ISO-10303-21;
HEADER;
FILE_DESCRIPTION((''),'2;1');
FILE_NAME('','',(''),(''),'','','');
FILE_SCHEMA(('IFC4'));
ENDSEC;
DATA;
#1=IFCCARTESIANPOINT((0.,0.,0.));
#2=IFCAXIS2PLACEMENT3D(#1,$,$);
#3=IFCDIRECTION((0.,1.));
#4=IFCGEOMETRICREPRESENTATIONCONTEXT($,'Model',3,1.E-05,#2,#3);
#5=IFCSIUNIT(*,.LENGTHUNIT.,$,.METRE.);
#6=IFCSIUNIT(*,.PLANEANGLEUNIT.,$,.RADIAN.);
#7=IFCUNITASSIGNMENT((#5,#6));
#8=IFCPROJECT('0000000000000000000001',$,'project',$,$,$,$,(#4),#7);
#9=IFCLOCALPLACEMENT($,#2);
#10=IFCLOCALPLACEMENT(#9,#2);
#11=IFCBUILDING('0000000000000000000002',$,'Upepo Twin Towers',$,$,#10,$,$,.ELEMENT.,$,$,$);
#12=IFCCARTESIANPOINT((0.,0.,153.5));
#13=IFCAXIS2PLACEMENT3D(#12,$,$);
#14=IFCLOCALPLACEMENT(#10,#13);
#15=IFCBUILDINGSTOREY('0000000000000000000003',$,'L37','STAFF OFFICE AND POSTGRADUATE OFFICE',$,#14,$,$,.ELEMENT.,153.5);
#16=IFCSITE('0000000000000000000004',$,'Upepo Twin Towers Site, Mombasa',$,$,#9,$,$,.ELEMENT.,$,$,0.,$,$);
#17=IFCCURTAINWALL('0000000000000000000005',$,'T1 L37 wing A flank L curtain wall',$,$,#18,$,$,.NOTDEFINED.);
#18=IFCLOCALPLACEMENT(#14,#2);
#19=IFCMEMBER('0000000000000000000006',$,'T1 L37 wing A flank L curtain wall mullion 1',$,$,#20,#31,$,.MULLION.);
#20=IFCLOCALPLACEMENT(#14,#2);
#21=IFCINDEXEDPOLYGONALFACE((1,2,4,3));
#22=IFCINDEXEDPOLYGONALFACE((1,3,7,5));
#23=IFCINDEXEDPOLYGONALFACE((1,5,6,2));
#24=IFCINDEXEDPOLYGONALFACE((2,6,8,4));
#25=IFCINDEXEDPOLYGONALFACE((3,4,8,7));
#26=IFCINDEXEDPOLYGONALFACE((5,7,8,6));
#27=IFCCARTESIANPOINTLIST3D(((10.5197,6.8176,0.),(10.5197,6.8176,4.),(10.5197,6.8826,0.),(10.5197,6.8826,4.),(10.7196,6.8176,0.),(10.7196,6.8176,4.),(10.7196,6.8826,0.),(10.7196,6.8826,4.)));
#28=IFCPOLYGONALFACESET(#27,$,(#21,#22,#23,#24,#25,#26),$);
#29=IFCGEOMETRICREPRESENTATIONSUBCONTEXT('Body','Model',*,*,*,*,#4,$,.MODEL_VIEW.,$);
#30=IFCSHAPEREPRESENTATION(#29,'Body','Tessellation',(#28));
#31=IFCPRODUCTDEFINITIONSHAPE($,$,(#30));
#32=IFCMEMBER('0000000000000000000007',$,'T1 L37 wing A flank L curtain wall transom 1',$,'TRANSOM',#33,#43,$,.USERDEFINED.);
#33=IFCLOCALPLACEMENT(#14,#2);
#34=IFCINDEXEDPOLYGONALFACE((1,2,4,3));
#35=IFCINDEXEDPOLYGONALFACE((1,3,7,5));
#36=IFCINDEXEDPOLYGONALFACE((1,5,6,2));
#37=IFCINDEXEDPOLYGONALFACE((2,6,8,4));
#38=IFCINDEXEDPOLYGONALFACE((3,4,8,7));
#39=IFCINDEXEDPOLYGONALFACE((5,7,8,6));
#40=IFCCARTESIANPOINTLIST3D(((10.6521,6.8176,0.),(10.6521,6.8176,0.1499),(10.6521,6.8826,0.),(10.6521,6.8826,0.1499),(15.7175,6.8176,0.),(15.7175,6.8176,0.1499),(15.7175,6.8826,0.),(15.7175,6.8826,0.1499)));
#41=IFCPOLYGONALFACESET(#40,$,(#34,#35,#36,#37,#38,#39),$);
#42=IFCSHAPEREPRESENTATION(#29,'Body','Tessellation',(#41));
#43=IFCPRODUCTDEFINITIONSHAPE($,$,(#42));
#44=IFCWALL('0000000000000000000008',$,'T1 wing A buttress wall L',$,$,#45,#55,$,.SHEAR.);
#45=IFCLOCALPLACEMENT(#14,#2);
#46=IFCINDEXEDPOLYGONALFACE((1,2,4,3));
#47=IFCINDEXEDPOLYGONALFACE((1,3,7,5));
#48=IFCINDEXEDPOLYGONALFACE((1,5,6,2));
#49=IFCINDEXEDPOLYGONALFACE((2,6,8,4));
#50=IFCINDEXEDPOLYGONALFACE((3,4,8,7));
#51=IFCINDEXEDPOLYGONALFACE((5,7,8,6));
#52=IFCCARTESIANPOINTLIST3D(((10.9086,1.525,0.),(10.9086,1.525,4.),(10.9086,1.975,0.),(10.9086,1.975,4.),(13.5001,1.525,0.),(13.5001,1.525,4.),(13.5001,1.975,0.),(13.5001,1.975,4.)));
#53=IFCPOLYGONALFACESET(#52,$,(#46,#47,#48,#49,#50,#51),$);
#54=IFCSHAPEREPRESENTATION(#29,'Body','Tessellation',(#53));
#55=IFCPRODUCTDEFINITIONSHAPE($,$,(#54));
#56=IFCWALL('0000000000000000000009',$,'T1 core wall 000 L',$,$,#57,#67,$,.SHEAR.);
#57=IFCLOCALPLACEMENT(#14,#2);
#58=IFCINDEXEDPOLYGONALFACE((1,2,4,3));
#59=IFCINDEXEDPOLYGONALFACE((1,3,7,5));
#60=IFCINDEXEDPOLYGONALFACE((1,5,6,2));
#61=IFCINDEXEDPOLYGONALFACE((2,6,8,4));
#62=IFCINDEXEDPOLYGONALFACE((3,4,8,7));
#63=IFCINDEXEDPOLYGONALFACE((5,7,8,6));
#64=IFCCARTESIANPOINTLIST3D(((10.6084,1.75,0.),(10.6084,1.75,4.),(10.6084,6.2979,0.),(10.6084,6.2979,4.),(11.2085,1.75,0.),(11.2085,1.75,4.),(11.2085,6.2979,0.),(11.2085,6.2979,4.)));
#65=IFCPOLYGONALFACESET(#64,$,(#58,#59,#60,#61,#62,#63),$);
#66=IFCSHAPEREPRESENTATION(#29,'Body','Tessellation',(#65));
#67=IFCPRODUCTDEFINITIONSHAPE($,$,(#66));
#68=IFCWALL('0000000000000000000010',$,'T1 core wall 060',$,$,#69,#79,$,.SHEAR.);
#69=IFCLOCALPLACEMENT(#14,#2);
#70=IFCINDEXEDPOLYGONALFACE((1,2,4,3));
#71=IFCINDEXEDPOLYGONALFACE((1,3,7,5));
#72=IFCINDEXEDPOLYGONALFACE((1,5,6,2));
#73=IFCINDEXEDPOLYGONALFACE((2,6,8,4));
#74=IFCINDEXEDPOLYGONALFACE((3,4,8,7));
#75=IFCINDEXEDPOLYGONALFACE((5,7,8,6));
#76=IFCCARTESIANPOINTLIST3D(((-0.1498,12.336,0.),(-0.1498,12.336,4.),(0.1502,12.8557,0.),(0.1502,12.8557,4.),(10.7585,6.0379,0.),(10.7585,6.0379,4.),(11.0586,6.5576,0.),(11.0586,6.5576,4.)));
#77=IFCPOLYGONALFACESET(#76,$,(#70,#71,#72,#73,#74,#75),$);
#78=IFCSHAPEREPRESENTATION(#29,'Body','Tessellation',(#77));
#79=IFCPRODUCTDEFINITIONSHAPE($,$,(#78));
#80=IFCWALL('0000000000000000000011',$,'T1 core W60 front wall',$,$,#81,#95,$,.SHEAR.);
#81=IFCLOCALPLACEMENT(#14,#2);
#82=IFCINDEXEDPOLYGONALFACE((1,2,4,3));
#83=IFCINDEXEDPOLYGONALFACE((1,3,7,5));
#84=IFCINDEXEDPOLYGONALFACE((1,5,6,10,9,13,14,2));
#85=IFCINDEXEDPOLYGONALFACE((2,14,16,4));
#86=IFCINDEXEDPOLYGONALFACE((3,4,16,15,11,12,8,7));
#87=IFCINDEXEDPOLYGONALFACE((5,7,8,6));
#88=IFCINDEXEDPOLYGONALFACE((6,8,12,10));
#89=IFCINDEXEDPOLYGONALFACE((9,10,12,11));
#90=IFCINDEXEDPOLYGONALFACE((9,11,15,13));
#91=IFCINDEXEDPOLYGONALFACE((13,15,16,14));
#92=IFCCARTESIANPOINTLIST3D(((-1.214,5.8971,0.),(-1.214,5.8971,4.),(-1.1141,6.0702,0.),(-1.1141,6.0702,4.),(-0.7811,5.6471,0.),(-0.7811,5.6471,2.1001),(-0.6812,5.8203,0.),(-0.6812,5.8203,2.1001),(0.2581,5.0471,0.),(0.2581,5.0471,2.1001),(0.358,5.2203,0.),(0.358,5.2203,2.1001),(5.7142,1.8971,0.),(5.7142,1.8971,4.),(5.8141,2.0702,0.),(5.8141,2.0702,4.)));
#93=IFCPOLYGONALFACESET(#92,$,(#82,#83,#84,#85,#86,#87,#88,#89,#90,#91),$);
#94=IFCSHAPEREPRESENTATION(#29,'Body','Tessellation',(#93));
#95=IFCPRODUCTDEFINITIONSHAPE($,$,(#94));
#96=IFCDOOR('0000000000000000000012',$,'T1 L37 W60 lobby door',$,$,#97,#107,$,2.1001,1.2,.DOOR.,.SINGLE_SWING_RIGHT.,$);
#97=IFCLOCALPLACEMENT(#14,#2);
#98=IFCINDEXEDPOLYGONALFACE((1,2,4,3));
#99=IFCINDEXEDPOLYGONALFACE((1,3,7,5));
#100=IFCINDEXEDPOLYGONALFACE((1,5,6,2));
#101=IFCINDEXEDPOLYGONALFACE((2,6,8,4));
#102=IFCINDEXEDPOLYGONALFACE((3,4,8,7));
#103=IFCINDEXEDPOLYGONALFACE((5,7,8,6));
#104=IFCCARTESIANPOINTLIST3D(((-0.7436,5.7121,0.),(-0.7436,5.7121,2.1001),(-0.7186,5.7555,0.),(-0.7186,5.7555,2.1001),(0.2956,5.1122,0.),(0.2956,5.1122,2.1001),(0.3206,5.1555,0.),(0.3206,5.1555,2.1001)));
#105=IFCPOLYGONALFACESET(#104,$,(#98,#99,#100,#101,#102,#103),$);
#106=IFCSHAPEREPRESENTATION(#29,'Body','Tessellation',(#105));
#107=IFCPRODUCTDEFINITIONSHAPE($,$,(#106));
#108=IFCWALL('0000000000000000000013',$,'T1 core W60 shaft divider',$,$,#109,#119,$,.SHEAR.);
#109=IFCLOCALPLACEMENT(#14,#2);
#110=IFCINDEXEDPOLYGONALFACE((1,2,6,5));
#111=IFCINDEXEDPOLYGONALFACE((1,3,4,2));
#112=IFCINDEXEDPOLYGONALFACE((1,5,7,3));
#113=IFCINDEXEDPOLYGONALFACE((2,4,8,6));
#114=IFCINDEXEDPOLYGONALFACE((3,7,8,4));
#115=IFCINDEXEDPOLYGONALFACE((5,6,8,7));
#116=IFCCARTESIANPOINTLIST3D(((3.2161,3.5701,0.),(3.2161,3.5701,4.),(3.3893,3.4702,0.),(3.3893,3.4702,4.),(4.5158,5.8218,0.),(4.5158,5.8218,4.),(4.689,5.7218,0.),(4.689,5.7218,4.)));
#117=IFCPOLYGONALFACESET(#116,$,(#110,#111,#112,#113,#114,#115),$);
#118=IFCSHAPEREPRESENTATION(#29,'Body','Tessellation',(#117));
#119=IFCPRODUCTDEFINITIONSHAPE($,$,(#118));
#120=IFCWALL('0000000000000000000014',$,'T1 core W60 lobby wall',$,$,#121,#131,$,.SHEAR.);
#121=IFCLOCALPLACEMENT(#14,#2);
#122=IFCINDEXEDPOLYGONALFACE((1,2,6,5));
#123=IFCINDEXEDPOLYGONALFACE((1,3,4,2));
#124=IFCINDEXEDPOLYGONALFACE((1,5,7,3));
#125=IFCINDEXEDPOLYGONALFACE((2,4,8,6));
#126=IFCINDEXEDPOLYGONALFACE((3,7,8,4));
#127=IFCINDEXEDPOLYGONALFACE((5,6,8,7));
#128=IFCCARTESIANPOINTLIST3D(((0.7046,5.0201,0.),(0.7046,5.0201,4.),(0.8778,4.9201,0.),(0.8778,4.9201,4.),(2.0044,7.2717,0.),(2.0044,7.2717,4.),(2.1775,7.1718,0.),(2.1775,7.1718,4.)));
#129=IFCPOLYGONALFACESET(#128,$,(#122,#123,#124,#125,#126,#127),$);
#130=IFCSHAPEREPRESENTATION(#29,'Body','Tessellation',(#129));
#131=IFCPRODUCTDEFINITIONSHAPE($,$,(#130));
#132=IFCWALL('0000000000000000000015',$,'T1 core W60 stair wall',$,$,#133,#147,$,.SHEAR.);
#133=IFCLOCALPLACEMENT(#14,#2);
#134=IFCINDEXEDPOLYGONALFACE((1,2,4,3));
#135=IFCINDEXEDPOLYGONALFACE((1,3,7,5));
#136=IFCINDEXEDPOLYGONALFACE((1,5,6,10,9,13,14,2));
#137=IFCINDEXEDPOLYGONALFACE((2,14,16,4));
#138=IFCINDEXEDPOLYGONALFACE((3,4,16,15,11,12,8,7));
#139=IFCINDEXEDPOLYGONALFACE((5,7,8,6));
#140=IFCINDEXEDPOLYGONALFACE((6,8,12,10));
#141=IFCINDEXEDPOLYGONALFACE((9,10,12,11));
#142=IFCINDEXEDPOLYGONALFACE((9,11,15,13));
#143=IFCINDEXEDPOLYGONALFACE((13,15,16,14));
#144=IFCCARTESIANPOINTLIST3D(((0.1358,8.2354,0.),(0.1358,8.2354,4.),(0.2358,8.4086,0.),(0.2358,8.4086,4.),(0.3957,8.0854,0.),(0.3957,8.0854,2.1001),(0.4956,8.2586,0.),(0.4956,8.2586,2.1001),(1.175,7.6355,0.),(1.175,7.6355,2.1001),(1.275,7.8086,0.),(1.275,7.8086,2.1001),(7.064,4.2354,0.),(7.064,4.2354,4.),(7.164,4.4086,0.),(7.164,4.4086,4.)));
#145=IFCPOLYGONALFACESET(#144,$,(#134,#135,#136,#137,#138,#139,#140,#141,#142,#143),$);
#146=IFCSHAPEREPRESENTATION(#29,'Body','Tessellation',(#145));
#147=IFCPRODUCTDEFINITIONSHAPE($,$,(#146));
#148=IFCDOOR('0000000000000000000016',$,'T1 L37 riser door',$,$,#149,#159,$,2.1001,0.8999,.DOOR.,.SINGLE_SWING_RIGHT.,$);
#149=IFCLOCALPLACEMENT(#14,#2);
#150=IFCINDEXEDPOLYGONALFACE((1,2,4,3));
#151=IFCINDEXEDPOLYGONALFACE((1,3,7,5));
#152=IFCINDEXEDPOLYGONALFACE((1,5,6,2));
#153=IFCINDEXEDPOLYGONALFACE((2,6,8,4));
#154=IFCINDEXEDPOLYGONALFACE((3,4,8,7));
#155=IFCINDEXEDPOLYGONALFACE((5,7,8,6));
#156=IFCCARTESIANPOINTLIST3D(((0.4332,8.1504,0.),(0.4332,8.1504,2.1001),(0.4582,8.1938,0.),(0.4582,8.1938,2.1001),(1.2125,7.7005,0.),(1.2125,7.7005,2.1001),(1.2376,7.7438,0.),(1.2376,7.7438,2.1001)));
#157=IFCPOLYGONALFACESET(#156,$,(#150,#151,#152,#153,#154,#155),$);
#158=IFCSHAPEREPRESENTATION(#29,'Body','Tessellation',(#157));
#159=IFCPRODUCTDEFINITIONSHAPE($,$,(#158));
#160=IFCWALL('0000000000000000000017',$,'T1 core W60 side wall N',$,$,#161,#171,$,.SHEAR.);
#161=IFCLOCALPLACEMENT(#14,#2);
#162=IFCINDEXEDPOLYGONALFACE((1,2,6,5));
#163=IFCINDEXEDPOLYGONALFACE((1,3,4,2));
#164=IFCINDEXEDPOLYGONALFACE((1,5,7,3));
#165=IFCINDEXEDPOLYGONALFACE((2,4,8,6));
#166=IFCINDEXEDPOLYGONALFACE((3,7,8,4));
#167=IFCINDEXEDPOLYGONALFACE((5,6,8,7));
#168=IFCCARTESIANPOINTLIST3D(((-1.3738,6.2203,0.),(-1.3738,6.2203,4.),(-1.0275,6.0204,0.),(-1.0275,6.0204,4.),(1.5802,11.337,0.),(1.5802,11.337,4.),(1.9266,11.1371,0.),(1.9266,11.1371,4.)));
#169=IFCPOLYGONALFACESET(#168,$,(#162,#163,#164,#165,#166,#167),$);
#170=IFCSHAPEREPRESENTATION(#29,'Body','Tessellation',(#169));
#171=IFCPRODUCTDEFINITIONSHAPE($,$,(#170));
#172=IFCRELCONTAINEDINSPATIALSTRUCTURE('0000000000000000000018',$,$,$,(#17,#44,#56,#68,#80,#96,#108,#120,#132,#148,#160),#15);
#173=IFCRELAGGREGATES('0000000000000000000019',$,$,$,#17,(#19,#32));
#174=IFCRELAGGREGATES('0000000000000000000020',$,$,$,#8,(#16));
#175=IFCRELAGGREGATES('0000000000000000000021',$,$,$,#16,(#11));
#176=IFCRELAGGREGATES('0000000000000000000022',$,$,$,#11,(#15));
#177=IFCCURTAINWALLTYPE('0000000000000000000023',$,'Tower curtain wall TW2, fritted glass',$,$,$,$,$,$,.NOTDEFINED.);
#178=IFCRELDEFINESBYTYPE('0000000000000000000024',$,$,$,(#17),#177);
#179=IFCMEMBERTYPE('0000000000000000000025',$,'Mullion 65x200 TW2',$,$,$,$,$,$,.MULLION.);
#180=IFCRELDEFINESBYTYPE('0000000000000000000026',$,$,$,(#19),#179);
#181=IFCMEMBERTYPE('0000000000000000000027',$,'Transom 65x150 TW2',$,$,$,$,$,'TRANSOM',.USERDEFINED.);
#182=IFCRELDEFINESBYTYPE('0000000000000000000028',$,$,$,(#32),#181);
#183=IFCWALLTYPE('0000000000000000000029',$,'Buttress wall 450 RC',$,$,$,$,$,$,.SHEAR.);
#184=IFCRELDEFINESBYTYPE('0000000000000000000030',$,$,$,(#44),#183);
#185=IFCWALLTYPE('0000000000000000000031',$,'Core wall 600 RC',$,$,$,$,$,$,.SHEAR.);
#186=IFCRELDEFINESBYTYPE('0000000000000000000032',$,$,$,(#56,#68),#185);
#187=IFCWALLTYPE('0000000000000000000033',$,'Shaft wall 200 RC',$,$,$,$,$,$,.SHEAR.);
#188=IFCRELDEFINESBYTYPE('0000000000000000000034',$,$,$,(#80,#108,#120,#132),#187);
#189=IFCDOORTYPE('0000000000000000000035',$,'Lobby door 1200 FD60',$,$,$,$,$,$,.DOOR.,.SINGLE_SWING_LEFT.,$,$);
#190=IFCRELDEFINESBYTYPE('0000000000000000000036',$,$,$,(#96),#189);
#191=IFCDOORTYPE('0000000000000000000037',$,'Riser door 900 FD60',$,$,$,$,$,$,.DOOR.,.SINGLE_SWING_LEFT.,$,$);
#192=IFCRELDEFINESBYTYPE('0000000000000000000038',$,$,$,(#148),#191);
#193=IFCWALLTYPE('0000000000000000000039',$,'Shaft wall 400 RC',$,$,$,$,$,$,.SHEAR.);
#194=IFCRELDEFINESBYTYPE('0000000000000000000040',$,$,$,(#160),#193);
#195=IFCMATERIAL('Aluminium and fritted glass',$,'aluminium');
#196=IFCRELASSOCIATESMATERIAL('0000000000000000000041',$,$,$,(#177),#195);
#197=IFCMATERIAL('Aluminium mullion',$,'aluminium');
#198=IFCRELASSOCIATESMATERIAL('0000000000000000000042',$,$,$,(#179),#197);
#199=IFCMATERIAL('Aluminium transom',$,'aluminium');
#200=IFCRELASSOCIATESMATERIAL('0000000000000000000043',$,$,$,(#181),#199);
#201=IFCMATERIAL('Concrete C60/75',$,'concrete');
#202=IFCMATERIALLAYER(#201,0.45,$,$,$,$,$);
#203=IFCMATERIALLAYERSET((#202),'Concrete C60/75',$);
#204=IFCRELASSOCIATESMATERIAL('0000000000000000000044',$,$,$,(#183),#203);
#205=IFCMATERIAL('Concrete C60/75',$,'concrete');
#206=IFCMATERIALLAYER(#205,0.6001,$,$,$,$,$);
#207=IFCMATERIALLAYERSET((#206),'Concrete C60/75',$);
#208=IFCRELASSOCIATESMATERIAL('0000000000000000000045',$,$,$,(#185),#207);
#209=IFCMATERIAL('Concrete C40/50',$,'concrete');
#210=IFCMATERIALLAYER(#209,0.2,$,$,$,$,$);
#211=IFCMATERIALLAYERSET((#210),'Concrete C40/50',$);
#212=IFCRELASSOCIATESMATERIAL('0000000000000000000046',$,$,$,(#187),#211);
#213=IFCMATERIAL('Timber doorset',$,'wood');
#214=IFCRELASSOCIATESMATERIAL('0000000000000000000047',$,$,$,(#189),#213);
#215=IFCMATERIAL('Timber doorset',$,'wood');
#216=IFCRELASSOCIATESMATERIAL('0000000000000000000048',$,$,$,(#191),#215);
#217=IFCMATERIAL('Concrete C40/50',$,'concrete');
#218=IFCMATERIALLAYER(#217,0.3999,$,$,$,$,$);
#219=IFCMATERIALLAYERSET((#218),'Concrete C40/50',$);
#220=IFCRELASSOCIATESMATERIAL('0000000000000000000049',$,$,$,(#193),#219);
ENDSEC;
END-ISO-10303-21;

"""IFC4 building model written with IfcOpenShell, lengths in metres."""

from ifc_helpers import new_model, si_unit, direction, frame, frame_2d, origin, origin_2d, place, context, subcontext, project, spatial, rectangle, extrude, material, layer, layer_set, material_profile, profile_set, type_object, element, fill, aggregate, save


model = new_model("IFC4")

# Units and contexts
model_context = context("Model", 3, precision=1e-05, world=origin(), true_north=direction((0.0, 1.0)))
body_context = subcontext(model_context, "Body", "Model", "MODEL_VIEW")
ifc_project = project(units=[si_unit("LENGTHUNIT", "METRE"), si_unit("PLANEANGLEUNIT", "RADIAN")], contexts=[model_context])

# Site, building, storey
site_placement = place(None, origin())
site = spatial("IfcSite", under=ifc_project, at=site_placement, Name="Upepo Twin Towers Site, Mombasa", CompositionType="ELEMENT", RefElevation=0.0)
building_placement = place(site_placement, origin())
building = spatial("IfcBuilding", under=site, at=building_placement, Name="Upepo Twin Towers", CompositionType="ELEMENT")
storey_placement = place(building_placement, frame((0.0, 0.0, 153.5)))
storey = spatial("IfcBuildingStorey", under=building, at=storey_placement, Name="L37", Description="STAFF OFFICE AND POSTGRADUATE OFFICE", CompositionType="ELEMENT", Elevation=153.5)

# Curtain wall, members
ifc_material_1 = material(Name="Aluminium and fritted glass", Category="aluminium")
curtain_wall_type = type_object("IfcCurtainWallType", Name="Tower curtain wall TW2, fritted glass", PredefinedType="NOTDEFINED", material=ifc_material_1)
curtain_wall_placement = place(storey_placement, origin())
curtain_wall = element("IfcCurtainWall", 1, at=curtain_wall_placement, inside=storey, type_object=curtain_wall_type, Name="T1 L37 wing A flank L curtain wall", PredefinedType="NOTDEFINED")
ifc_material_2 = material(Name="Aluminium mullion", Category="aluminium")
ifc_material_profile_1 = material_profile(ifc_material_2, rectangle(XDim=0.0649, YDim=0.2, at=origin_2d()), Name="MULLION 65x200")
ifc_profile_set_1 = profile_set([ifc_material_profile_1], Name="Aluminium mullion")
member_type_1 = type_object("IfcMemberType", Name="Mullion 65x200 TW2", PredefinedType="MULLION", material=ifc_profile_set_1)
member_1_placement = place(storey_placement, frame((10.6196, 6.8501, 0.0), z_axis=(0.0, 0.0, 1.0), x_axis=(0.0, 1.0, 0.0)))
member_1 = element("IfcMember", 2, at=member_1_placement, type_object=member_type_1, Name="T1 L37 wing A flank L curtain wall mullion 1", PredefinedType="MULLION", context=body_context, shape_type="SweptSolid", body=[
    extrude(rectangle(XDim=0.0649, YDim=0.2, at=origin_2d()), origin(), (0.0, 0.0, 1.0), 4.0),
])
ifc_material_3 = material(Name="Aluminium transom", Category="aluminium")
ifc_material_profile_2 = material_profile(ifc_material_3, rectangle(XDim=0.0649, YDim=0.1499, at=origin_2d()), Name="TRANSOM 65x150")
ifc_profile_set_2 = profile_set([ifc_material_profile_2], Name="Aluminium transom")
member_type_2 = type_object("IfcMemberType", Name="Transom 65x150 TW2", ElementType="TRANSOM", PredefinedType="USERDEFINED", material=ifc_profile_set_2)
member_2_placement = place(storey_placement, frame((10.6521, 6.8501, 0.075), z_axis=(1.0, 0.0, 0.0), x_axis=(0.0, 1.0, 0.0)))
member_2 = element("IfcMember", 3, at=member_2_placement, type_object=member_type_2, Name="T1 L37 wing A flank L curtain wall transom 1", ObjectType="TRANSOM", PredefinedType="USERDEFINED", context=body_context, shape_type="SweptSolid", body=[
    extrude(rectangle(XDim=0.0649, YDim=0.1499, at=origin_2d()), origin(), (0.0, 0.0, 1.0), 5.0654),
])
aggregate(curtain_wall, [member_1, member_2])

# Walls
ifc_material_4 = material(Name="Concrete C60/75", Category="concrete")
ifc_layer_1 = layer(ifc_material_4, 0.45)
ifc_layer_set_1 = layer_set([ifc_layer_1], Name="Concrete C60/75")
wall_type_1 = type_object("IfcWallType", Name="Buttress wall 450 RC", PredefinedType="SHEAR", material=ifc_layer_set_1)
wall_1_placement = place(storey_placement, frame((10.9084, 1.75, 0.0), z_axis=(0.0, 0.0, 1.0), x_axis=(1.0, 0.0, 0.0)))
element("IfcWall", 4, at=wall_1_placement, inside=storey, type_object=wall_type_1, Name="T1 wing A buttress wall L", PredefinedType="SHEAR", context=body_context, shape_type="SweptSolid", body=[
    extrude(rectangle(XDim=2.5916, YDim=0.45, at=frame_2d((1.2959, 0.0))), origin(), (0.0, 0.0, 1.0), 4.0),
])
ifc_material_5 = material(Name="Concrete C60/75", Category="concrete")
ifc_layer_2 = layer(ifc_material_5, 0.6001)
ifc_layer_set_2 = layer_set([ifc_layer_2], Name="Concrete C60/75")
wall_type_2 = type_object("IfcWallType", Name="Core wall 600 RC", PredefinedType="SHEAR", material=ifc_layer_set_2)
wall_2_placement = place(storey_placement, frame((10.9084, 1.75, 0.0), z_axis=(0.0, 0.0, 1.0), x_axis=(0.0, 1.0, 0.0)))
element("IfcWall", 5, at=wall_2_placement, inside=storey, type_object=wall_type_2, Name="T1 core wall 000 L", PredefinedType="SHEAR", context=body_context, shape_type="SweptSolid", body=[
    extrude(rectangle(XDim=4.5479, YDim=0.6001, at=frame_2d((2.2739, 0.0))), origin(), (0.0, 0.0, 1.0), 4.0),
])
wall_3_placement = place(storey_placement, frame((10.9084, 6.2979, 0.0), z_axis=(0.0, 0.0, 1.0), x_axis=(-0.866022, 0.500006, 0.0)))
element("IfcWall", 6, at=wall_3_placement, inside=storey, type_object=wall_type_2, Name="T1 core wall 060", PredefinedType="SHEAR", context=body_context, shape_type="SweptSolid", body=[
    extrude(rectangle(XDim=12.5959, YDim=0.6001, at=frame_2d((6.2979, 0.0))), origin(), (0.0, 0.0, 1.0), 4.0),
])

# Wall, opening, door
ifc_material_6 = material(Name="Concrete C40/50", Category="concrete")
ifc_layer_3 = layer(ifc_material_6, 0.2)
ifc_layer_set_3 = layer_set([ifc_layer_3], Name="Concrete C40/50")
wall_type_3 = type_object("IfcWallType", Name="Shaft wall 200 RC", PredefinedType="SHEAR", material=ifc_layer_set_3)
wall_4_placement = place(storey_placement, frame((5.7642, 1.9836, 0.0), z_axis=(0.0, 0.0, 1.0), x_axis=(-0.866026, 0.499999, 0.0)))
wall_4 = element("IfcWall", 7, at=wall_4_placement, inside=storey, type_object=wall_type_3, Name="T1 core W60 front wall", PredefinedType="SHEAR", context=body_context, shape_type="SweptSolid", body=[
    extrude(rectangle(XDim=8.0, YDim=0.2, at=frame_2d((4.0, 0.0))), origin(), (0.0, 0.0, 1.0), 4.0),
])
opening_1_placement = place(wall_4_placement, frame((6.3, 0.0, 0.0)))
opening_1 = element("IfcOpeningElement", 8, at=opening_1_placement, cuts=wall_4, PredefinedType="OPENING", context=body_context, shape_type="SweptSolid", body=[
    extrude(rectangle(XDim=1.2, YDim=2.1001, at=frame_2d((0.6001, 1.05))), frame((0.0, 0.1099, 0.0), z_axis=(0.0, -1.0, 0.0), x_axis=(1.0, 0.0, 0.0)), (0.0, 0.0, 1.0), 0.22),
])
ifc_material_7 = material(Name="Timber doorset", Category="wood")
door_type_1 = type_object("IfcDoorType", Name="Lobby door 1200 FD60", OperationType="SINGLE_SWING_LEFT", PredefinedType="DOOR", material=ifc_material_7)
door_1_placement = place(opening_1_placement, origin())
door_1 = element("IfcDoor", 9, at=door_1_placement, inside=storey, type_object=door_type_1, Name="T1 L37 W60 lobby door", OperationType="SINGLE_SWING_RIGHT", OverallHeight=2.1001, OverallWidth=1.2, PredefinedType="DOOR", context=body_context, shape_type="SweptSolid", body=[
    extrude(rectangle(XDim=1.2, YDim=2.1001, at=frame_2d((0.6001, 1.05))), frame((0.0, 0.0249, 0.0), z_axis=(0.0, -1.0, 0.0), x_axis=(1.0, 0.0, 0.0)), (0.0, 0.0, 1.0), 0.05),
])
fill(opening_1, door_1)

# Walls
for number, where, z_axis, x_axis, name in (
    (10, (3.3027, 3.5203, 0.0), (0.0, 0.0, 1.0), (0.499937, 0.866062, 0.0), "T1 core W60 shaft divider"),
    (11, (0.7913, 4.9702, 0.0), (0.0, 0.0, 1.0), (0.499937, 0.866062, 0.0), "T1 core W60 lobby wall"),
):
    element("IfcWall", number, at=place(storey_placement, frame(where, z_axis=z_axis, x_axis=x_axis)), inside=storey, type_object=wall_type_3, Name=name, PredefinedType="SHEAR", context=body_context, shape_type="SweptSolid", body=[
        extrude(rectangle(XDim=2.5999, YDim=0.2, at=frame_2d((1.2998, 0.0))), origin(), (0.0, 0.0, 1.0), 4.0),
    ])

# Wall, opening, door
wall_5_placement = place(storey_placement, frame((7.114, 4.322, 0.0), z_axis=(0.0, 0.0, 1.0), x_axis=(-0.866026, 0.499999, 0.0)))
wall_5 = element("IfcWall", 12, at=wall_5_placement, inside=storey, type_object=wall_type_3, Name="T1 core W60 stair wall", PredefinedType="SHEAR", context=body_context, shape_type="SweptSolid", body=[
    extrude(rectangle(XDim=8.0, YDim=0.2, at=frame_2d((4.0, 0.0))), origin(), (0.0, 0.0, 1.0), 4.0),
])
opening_2_placement = place(wall_5_placement, frame((6.8, 0.0, 0.0)))
opening_2 = element("IfcOpeningElement", 13, at=opening_2_placement, cuts=wall_5, PredefinedType="OPENING", context=body_context, shape_type="SweptSolid", body=[
    extrude(rectangle(XDim=0.8999, YDim=2.1001, at=frame_2d((0.45, 1.05))), frame((0.0, 0.1099, 0.0), z_axis=(0.0, -1.0, 0.0), x_axis=(1.0, 0.0, 0.0)), (0.0, 0.0, 1.0), 0.22),
])
ifc_material_8 = material(Name="Timber doorset", Category="wood")
door_type_2 = type_object("IfcDoorType", Name="Riser door 900 FD60", OperationType="SINGLE_SWING_LEFT", PredefinedType="DOOR", material=ifc_material_8)
door_2_placement = place(opening_2_placement, origin())
door_2 = element("IfcDoor", 14, at=door_2_placement, inside=storey, type_object=door_type_2, Name="T1 L37 riser door", OperationType="SINGLE_SWING_RIGHT", OverallHeight=2.1001, OverallWidth=0.8999, PredefinedType="DOOR", context=body_context, shape_type="SweptSolid", body=[
    extrude(rectangle(XDim=0.8999, YDim=2.1001, at=frame_2d((0.45, 1.05))), frame((0.0, 0.0249, 0.0), z_axis=(0.0, -1.0, 0.0), x_axis=(1.0, 0.0, 0.0)), (0.0, 0.0, 1.0), 0.05),
])
fill(opening_2, door_2)

# Wall
ifc_material_9 = material(Name="Concrete C40/50", Category="concrete")
ifc_layer_4 = layer(ifc_material_9, 0.3999)
ifc_layer_set_4 = layer_set([ifc_layer_4], Name="Concrete C40/50")
wall_type_4 = type_object("IfcWallType", Name="Shaft wall 400 RC", PredefinedType="SHEAR", material=ifc_layer_set_4)
wall_6_placement = place(storey_placement, frame((-1.2007, 6.1204, 0.0), z_axis=(0.0, 0.0, 1.0), x_axis=(0.499997, 0.866027, 0.0)))
element("IfcWall", 15, at=wall_6_placement, inside=storey, type_object=wall_type_4, Name="T1 core W60 side wall N", PredefinedType="SHEAR", context=body_context, shape_type="SweptSolid", body=[
    extrude(rectangle(XDim=5.9082, YDim=0.3999, at=frame_2d((2.9541, 0.0))), origin(), (0.0, 0.0, 1.0), 4.0),
])

save(model, "model.ifc")
